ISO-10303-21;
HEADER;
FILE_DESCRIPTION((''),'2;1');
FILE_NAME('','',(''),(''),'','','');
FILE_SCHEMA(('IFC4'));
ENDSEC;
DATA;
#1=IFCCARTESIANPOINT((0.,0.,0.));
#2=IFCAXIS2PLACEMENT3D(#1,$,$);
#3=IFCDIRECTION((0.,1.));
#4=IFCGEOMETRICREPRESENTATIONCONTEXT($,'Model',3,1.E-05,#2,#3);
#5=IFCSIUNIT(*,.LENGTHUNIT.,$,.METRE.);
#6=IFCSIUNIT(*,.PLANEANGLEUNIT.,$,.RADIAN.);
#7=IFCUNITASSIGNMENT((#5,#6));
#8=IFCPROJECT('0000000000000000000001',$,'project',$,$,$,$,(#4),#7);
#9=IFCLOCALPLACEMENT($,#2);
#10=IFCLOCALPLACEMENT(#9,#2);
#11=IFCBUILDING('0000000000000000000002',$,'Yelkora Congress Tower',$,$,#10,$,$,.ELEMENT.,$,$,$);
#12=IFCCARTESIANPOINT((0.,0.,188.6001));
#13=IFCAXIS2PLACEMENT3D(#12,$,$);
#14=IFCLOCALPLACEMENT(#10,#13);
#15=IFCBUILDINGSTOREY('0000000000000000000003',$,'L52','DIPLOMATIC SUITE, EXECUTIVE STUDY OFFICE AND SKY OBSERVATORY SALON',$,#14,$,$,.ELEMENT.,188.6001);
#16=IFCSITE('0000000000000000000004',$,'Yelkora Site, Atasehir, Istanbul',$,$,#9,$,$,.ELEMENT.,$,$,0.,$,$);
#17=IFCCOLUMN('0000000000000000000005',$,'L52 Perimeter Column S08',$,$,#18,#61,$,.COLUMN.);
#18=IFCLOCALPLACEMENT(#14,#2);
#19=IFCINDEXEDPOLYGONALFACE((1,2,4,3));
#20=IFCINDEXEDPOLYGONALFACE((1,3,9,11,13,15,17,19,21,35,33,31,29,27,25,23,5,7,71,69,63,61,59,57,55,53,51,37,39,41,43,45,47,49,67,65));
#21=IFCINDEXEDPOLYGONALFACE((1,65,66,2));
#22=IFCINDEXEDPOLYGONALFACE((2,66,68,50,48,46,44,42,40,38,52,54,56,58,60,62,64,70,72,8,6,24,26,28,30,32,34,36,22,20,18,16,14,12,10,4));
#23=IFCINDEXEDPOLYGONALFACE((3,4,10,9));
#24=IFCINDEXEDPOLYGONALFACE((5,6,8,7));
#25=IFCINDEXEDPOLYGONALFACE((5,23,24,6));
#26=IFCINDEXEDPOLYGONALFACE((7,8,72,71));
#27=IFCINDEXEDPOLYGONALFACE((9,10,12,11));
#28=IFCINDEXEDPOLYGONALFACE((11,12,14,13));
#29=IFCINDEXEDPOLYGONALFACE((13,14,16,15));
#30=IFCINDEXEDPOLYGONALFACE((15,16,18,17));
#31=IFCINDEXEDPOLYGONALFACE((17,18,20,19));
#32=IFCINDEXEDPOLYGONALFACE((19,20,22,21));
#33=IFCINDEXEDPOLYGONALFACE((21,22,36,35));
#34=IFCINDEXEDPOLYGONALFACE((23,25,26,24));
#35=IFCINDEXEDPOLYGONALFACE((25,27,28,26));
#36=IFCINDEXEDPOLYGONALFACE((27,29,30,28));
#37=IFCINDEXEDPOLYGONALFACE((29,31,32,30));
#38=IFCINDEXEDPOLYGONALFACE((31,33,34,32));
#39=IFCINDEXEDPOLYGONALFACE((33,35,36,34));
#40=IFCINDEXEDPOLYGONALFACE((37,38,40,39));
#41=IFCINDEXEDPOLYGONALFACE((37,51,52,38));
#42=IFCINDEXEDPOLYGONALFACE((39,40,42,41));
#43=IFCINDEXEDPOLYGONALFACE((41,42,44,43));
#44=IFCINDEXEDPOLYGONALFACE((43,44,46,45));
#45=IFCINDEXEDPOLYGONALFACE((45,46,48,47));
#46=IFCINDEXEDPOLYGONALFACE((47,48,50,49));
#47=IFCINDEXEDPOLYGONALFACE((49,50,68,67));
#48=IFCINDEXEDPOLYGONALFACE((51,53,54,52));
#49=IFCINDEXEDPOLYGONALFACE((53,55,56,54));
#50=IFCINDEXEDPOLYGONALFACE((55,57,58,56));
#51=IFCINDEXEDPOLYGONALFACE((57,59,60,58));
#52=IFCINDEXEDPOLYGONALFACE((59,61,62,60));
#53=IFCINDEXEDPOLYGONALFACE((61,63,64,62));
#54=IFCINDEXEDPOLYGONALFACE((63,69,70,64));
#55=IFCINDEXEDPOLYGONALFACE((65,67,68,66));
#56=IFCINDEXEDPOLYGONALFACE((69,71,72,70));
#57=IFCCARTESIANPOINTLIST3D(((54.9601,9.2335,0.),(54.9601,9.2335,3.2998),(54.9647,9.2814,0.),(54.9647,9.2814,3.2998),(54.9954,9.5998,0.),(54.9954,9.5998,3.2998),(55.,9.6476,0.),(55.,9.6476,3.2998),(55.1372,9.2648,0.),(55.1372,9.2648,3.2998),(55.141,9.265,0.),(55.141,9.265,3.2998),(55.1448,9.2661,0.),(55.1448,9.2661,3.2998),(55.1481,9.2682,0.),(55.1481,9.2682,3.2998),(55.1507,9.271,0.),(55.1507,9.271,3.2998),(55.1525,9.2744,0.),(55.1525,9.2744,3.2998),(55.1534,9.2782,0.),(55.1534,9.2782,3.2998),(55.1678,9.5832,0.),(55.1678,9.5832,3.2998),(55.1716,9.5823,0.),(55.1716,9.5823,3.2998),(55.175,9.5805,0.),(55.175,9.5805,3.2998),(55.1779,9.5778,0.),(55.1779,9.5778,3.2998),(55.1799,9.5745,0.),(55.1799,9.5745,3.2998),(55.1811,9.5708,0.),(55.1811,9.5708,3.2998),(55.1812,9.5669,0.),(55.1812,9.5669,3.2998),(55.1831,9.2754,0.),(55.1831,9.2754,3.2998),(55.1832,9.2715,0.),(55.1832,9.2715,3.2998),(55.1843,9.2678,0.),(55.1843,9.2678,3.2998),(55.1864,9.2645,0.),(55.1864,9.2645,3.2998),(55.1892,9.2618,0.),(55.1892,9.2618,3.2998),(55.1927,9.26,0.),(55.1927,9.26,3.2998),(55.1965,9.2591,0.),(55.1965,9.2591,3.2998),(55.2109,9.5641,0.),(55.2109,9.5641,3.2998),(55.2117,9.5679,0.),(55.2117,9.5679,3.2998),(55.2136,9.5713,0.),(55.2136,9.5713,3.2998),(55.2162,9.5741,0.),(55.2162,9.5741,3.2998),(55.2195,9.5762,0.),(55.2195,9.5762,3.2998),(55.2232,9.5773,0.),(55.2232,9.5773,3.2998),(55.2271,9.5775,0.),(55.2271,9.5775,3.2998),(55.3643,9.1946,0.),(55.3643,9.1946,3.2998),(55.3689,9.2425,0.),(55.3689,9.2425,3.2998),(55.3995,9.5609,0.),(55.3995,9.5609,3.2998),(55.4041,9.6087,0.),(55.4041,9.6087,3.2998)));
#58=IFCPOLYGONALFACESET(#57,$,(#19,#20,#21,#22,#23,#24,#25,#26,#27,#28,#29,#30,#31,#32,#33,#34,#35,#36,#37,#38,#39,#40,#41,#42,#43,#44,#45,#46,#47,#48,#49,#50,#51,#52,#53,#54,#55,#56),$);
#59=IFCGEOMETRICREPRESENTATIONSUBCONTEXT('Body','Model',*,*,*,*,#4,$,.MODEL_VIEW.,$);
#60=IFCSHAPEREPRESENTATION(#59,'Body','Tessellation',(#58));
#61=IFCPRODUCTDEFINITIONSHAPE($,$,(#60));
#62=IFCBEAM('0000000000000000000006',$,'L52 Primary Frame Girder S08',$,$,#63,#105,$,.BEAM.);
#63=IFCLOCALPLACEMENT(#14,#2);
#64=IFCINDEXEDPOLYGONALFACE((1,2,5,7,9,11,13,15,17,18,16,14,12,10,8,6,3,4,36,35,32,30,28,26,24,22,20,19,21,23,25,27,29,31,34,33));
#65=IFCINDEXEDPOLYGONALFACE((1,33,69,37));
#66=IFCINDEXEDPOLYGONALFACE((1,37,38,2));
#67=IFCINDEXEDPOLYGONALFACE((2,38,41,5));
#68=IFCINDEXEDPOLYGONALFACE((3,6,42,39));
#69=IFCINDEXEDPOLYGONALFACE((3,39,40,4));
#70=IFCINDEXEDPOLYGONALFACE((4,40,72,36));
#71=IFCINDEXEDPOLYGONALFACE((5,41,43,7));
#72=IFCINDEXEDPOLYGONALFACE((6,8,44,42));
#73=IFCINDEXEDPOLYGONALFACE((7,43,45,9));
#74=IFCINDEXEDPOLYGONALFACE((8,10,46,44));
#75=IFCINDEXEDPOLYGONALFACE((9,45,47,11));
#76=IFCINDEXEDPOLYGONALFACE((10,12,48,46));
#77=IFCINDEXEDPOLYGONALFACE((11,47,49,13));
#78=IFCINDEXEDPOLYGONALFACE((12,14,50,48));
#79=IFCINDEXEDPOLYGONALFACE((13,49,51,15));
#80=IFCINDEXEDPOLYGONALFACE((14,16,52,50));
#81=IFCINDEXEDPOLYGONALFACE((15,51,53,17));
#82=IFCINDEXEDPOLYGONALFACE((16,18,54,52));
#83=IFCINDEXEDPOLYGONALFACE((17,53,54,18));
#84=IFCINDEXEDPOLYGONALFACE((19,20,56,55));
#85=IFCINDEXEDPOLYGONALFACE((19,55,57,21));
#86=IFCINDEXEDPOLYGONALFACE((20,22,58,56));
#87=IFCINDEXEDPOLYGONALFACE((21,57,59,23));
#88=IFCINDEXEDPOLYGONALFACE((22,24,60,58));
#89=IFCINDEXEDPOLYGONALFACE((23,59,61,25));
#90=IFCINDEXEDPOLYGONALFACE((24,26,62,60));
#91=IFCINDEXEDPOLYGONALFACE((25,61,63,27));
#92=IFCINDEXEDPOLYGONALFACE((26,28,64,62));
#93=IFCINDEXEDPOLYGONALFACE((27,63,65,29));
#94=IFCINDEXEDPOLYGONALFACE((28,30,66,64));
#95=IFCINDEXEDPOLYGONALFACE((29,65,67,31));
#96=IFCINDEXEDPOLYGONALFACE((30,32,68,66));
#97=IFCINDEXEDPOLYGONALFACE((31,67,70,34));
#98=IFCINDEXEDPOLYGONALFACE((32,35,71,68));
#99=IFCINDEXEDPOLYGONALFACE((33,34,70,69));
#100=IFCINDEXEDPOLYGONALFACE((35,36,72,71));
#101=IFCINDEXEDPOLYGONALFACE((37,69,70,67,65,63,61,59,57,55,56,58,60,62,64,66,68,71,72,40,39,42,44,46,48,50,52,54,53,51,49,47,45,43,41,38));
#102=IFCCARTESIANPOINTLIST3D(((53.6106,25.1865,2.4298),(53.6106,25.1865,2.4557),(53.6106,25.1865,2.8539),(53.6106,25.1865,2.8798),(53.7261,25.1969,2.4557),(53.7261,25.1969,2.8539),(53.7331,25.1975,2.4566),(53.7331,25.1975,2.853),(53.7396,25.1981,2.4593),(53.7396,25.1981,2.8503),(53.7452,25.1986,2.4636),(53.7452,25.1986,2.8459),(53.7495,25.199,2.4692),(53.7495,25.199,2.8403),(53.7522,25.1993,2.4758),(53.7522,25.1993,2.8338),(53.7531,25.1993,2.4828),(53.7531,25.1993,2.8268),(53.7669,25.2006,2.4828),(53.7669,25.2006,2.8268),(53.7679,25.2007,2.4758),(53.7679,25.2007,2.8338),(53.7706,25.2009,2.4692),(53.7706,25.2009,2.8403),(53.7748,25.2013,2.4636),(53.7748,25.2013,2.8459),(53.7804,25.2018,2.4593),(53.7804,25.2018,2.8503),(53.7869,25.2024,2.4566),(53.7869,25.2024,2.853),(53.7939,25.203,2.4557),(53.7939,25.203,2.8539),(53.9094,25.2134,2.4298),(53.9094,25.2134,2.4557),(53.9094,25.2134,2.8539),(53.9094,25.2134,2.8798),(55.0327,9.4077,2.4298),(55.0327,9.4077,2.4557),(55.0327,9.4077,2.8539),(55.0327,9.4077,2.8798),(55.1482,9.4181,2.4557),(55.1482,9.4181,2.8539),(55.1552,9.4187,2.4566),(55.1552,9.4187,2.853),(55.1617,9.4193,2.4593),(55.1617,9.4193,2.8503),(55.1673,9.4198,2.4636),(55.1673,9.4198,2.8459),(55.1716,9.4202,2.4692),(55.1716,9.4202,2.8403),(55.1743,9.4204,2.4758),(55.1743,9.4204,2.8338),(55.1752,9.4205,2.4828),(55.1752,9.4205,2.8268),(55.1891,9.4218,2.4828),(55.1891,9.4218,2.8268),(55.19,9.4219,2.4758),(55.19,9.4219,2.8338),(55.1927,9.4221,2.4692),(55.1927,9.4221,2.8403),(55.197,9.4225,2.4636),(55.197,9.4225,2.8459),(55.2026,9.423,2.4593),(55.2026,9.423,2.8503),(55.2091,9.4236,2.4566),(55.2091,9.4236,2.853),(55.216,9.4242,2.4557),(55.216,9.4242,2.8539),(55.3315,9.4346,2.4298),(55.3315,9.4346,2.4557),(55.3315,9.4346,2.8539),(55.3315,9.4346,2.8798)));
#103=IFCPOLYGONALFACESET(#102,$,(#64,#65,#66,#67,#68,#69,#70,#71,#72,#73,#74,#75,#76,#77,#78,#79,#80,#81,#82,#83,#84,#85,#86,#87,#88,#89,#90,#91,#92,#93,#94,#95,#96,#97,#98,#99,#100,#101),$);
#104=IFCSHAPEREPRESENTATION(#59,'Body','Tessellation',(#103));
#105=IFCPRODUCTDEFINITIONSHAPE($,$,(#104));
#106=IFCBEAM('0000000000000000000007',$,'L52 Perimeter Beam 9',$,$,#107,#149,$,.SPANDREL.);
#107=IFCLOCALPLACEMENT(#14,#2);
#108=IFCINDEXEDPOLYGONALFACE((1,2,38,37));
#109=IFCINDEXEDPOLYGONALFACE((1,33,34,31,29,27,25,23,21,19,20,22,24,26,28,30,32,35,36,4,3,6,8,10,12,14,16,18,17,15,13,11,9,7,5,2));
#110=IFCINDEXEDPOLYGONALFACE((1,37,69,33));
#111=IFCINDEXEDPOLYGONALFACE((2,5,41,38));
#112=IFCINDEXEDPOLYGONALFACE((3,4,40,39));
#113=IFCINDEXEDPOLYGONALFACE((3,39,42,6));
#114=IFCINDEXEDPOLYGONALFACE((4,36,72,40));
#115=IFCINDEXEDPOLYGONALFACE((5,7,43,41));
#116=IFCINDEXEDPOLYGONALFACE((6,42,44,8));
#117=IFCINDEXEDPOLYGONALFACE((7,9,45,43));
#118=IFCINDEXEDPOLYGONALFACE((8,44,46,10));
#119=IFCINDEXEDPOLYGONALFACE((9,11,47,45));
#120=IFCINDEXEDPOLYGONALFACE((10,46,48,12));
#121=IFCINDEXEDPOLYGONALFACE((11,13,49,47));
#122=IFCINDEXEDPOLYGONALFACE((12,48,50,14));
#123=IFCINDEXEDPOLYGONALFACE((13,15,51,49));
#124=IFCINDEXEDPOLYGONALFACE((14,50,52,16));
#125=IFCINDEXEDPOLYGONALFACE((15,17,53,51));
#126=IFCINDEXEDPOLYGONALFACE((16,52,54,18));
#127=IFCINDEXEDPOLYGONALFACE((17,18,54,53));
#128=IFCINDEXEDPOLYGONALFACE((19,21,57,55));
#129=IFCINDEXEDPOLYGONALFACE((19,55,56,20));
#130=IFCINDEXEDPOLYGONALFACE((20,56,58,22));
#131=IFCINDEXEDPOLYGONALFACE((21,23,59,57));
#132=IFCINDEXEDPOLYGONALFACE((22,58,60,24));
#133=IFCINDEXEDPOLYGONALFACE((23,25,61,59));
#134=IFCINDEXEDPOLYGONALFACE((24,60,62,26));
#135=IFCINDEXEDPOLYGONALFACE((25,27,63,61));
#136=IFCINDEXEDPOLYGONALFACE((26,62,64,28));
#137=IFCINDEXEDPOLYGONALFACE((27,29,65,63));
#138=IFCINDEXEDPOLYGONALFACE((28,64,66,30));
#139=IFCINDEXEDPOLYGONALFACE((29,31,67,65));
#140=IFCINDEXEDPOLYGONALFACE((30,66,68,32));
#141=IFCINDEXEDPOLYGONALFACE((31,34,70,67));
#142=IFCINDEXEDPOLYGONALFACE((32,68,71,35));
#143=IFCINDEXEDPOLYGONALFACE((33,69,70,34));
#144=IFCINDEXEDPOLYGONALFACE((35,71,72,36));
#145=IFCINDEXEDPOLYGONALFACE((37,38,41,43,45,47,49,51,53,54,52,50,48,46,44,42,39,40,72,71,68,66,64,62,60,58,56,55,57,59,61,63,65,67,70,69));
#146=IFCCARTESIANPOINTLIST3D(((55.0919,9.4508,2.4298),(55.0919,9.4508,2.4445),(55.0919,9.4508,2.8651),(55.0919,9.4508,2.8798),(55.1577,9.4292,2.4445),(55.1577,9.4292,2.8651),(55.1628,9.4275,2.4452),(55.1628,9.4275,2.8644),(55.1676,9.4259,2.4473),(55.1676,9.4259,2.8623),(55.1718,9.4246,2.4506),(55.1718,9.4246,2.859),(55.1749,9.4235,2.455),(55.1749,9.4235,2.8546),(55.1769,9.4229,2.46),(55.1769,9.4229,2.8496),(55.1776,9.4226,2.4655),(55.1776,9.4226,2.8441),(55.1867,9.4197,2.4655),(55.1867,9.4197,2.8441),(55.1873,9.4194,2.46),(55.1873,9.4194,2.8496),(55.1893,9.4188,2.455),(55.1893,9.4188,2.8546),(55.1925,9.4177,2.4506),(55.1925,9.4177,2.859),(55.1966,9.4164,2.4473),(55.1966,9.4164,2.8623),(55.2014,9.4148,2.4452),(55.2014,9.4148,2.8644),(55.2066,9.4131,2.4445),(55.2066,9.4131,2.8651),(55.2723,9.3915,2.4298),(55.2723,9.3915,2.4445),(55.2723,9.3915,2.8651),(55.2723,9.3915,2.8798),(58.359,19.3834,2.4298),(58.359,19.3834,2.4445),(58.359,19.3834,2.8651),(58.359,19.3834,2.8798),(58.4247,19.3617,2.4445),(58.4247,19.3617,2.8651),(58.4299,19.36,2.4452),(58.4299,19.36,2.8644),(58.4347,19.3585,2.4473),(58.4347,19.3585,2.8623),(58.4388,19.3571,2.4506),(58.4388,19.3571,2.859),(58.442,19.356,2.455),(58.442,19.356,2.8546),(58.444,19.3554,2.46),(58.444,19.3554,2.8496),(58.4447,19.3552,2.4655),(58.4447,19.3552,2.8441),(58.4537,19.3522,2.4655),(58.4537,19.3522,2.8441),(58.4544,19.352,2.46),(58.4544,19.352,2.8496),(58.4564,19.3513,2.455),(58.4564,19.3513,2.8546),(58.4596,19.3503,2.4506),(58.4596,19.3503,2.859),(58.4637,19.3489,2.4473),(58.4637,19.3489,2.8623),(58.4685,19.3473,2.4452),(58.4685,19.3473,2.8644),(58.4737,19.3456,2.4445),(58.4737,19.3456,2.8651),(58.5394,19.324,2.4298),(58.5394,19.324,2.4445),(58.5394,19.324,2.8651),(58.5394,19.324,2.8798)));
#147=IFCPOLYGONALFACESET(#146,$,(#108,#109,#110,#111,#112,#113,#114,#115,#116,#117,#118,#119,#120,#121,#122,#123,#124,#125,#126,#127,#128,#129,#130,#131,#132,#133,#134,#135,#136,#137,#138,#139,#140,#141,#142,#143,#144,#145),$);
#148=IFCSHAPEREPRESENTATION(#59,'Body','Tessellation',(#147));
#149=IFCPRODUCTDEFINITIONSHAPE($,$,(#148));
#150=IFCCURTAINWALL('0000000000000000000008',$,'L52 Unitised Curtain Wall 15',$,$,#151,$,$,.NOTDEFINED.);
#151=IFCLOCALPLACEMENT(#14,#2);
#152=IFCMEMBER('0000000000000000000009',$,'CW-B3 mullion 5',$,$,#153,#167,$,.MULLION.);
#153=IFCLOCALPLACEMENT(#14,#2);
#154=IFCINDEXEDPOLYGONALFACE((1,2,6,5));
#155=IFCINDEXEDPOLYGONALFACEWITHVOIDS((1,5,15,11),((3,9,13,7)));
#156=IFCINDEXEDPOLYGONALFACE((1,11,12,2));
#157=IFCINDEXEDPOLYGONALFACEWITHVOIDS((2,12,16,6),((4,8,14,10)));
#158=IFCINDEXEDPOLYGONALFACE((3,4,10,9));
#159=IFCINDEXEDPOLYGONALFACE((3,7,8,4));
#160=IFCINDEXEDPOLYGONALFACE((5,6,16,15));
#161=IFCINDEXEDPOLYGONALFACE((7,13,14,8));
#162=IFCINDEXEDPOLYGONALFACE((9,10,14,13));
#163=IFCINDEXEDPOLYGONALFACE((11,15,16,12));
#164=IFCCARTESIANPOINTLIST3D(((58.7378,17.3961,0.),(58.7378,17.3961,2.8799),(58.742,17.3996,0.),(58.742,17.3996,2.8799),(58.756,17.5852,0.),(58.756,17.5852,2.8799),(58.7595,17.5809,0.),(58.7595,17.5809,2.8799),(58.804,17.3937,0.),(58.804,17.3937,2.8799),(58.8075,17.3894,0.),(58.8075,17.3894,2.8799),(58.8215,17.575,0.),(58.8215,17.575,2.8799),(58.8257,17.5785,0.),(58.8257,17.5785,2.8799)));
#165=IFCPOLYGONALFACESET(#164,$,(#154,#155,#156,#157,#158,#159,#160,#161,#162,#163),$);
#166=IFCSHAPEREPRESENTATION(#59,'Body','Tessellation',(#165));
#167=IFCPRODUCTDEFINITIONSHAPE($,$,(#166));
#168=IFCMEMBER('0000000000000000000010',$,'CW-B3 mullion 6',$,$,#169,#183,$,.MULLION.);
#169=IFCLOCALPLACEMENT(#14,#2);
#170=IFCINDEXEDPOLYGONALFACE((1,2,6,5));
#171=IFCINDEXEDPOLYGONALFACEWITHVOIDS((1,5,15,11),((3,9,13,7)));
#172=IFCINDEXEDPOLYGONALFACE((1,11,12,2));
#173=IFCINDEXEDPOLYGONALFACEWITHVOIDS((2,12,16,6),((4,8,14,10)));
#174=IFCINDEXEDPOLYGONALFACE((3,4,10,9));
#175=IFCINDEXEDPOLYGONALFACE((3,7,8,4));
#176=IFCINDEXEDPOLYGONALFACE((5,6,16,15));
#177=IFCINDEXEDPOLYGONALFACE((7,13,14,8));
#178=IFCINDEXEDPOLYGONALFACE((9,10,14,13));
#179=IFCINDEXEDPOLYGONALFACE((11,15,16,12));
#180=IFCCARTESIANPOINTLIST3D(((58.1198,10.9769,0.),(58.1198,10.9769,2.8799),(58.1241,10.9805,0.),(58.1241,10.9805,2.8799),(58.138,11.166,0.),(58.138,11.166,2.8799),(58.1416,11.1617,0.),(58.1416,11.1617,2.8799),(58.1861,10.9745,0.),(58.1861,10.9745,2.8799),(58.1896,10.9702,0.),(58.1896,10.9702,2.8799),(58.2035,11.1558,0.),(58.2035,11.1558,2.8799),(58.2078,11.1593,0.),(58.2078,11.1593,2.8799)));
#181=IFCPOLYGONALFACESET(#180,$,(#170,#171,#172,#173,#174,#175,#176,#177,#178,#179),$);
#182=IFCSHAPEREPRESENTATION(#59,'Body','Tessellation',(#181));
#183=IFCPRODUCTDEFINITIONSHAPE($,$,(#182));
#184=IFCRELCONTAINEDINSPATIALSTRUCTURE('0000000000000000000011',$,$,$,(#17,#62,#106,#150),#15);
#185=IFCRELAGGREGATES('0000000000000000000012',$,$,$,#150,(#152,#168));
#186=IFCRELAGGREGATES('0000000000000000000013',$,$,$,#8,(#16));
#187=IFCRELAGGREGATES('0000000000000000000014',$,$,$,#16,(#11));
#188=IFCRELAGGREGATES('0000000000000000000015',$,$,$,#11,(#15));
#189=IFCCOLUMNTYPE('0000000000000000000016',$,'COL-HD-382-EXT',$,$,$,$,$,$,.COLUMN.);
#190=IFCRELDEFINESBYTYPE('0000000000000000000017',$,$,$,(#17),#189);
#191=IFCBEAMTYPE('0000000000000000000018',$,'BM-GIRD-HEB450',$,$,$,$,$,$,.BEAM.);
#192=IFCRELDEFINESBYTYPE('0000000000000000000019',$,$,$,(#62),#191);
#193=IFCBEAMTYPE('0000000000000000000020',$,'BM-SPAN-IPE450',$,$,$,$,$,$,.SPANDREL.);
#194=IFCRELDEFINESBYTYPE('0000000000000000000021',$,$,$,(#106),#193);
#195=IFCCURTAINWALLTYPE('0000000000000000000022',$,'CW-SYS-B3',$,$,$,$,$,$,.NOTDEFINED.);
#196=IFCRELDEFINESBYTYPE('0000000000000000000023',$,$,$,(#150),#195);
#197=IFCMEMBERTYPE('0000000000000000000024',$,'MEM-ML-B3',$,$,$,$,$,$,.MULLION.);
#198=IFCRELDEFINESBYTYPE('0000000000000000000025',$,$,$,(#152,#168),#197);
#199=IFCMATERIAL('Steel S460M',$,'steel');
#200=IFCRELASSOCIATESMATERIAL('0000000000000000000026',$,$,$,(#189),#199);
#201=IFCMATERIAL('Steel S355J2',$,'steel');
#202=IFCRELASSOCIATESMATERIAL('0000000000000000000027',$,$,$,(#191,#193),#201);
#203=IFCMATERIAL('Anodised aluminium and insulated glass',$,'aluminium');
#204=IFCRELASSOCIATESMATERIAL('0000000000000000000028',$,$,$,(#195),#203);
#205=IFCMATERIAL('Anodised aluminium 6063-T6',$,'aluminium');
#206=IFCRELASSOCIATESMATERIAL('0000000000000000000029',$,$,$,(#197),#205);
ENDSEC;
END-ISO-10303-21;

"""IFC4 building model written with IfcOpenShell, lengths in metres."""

from ifc_helpers import new_model, si_unit, direction, frame, origin, origin_2d, place, context, subcontext, project, spatial, hollow_rectangle, i_section, extrude, material, material_profile, profile_set, type_object, element, aggregate, save


model = new_model("IFC4")

# Units and contexts
model_context = context("Model", 3, precision=1e-05, world=origin(), true_north=direction((0.0, 1.0)))
body_context = subcontext(model_context, "Body", "Model", "MODEL_VIEW")
ifc_project = project(units=[si_unit("LENGTHUNIT", "METRE"), si_unit("PLANEANGLEUNIT", "RADIAN")], contexts=[model_context])

# Site, building, storey
site_placement = place(None, origin())
site = spatial("IfcSite", under=ifc_project, at=site_placement, Name="Yelkora Site, Atasehir, Istanbul", CompositionType="ELEMENT", RefElevation=0.0)
building_placement = place(site_placement, origin())
building = spatial("IfcBuilding", under=site, at=building_placement, Name="Yelkora Congress Tower", CompositionType="ELEMENT")
storey_placement = place(building_placement, frame((0.0, 0.0, 188.6001)))
storey = spatial("IfcBuildingStorey", under=building, at=storey_placement, Name="L52", Description="DIPLOMATIC SUITE, EXECUTIVE STUDY OFFICE AND SKY OBSERVATORY SALON", CompositionType="ELEMENT", Elevation=188.6001)

# Column
ifc_material_1 = material(Name="Steel S460M", Category="steel")
ifc_material_profile_1 = material_profile(ifc_material_1, i_section(OverallWidth=0.406, OverallDepth=0.416, WebThickness=0.0298, FlangeThickness=0.0481, FilletRadius=0.0149, at=origin_2d()), Name="HD 400x382")
ifc_profile_set_1 = profile_set([ifc_material_profile_1], Name="Steel S460M")
column_type = type_object("IfcColumnType", Name="COL-HD-382-EXT", PredefinedType="COLUMN", material=ifc_profile_set_1)
column_placement = place(storey_placement, frame((55.1821, 9.4211, 0.0), z_axis=(0.0, 0.0, 1.0), x_axis=(0.995396, -0.095846, 0.0)))
element("IfcColumn", 1, at=column_placement, inside=storey, type_object=column_type, Name="L52 Perimeter Column S08", PredefinedType="COLUMN", context=body_context, shape_type="SweptSolid", body=[
    extrude(i_section(OverallWidth=0.406, OverallDepth=0.416, WebThickness=0.0298, FlangeThickness=0.0481, FilletRadius=0.0149, at=origin_2d()), origin(), (0.0, 0.0, 1.0), 3.2998),
])

# Beams
ifc_material_2 = material(Name="Steel S355J2", Category="steel")
ifc_material_profile_2 = material_profile(ifc_material_2, i_section(OverallWidth=0.3, OverallDepth=0.45, WebThickness=0.0139, FlangeThickness=0.0259, FilletRadius=0.0271, at=origin_2d()), Name="HEB 450")
ifc_profile_set_2 = profile_set([ifc_material_profile_2], Name="Steel S355J2")
beam_type_1 = type_object("IfcBeamType", Name="BM-GIRD-HEB450", PredefinedType="BEAM", material=ifc_profile_set_2)
beam_1_placement = place(storey_placement, frame((55.1821, 9.4211, 2.6548), z_axis=(-0.089765, 0.995963, 0.0), x_axis=(-0.995963, -0.089765, 0.0)))
element("IfcBeam", 2, at=beam_1_placement, inside=storey, type_object=beam_type_1, Name="L52 Primary Frame Girder S08", PredefinedType="BEAM", context=body_context, shape_type="SweptSolid", body=[
    extrude(i_section(OverallWidth=0.3, OverallDepth=0.45, WebThickness=0.0139, FlangeThickness=0.0259, FilletRadius=0.0271, at=origin_2d()), origin(), (0.0, 0.0, 1.0), 15.8428),
])
ifc_material_profile_3 = material_profile(ifc_material_2, i_section(OverallWidth=0.1899, OverallDepth=0.45, WebThickness=0.0095, FlangeThickness=0.0146, FilletRadius=0.021, at=origin_2d()), Name="IPE 450")
ifc_profile_set_3 = profile_set([ifc_material_profile_3], Name="Steel S355J2")
beam_type_2 = type_object("IfcBeamType", Name="BM-SPAN-IPE450", PredefinedType="SPANDREL", material=ifc_profile_set_3)
beam_2_placement = place(storey_placement, frame((55.1821, 9.4211, 2.6548), z_axis=(0.312457, 0.949932, 0.0), x_axis=(-0.949932, 0.312457, 0.0)))
element("IfcBeam", 3, at=beam_2_placement, inside=storey, type_object=beam_type_2, Name="L52 Perimeter Beam 9", PredefinedType="SPANDREL", context=body_context, shape_type="SweptSolid", body=[
    extrude(i_section(OverallWidth=0.1899, OverallDepth=0.45, WebThickness=0.0095, FlangeThickness=0.0146, FilletRadius=0.021, at=origin_2d()), origin(), (0.0, 0.0, 1.0), 10.4561),
])

# Curtain wall, members
ifc_material_3 = material(Name="Anodised aluminium and insulated glass", Category="aluminium")
curtain_wall_type = type_object("IfcCurtainWallType", Name="CW-SYS-B3", PredefinedType="NOTDEFINED", material=ifc_material_3)
curtain_wall_1_placement = place(storey_placement, origin())
curtain_wall_1 = element("IfcCurtainWall", 4, at=curtain_wall_1_placement, inside=storey, type_object=curtain_wall_type, Name="L52 Unitised Curtain Wall 15", PredefinedType="NOTDEFINED")
ifc_material_4 = material(Name="Anodised aluminium 6063-T6", Category="aluminium")
ifc_material_profile_4 = material_profile(ifc_material_4, hollow_rectangle(XDim=0.0701, YDim=0.1899, WallThickness=0.0039, at=origin_2d()), Name="ALU 70x190x4")
ifc_profile_set_4 = profile_set([ifc_material_profile_4], Name="Anodised aluminium 6063-T6")
member_type_1 = type_object("IfcMemberType", Name="MEM-ML-B3", PredefinedType="MULLION", material=ifc_profile_set_4)
member_1_placement = place(storey_placement, frame((58.7817, 17.4873, 0.0), z_axis=(0.0, 0.0, 1.0), x_axis=(0.995397, -0.095842, 0.0)))
member_1 = element("IfcMember", 5, at=member_1_placement, type_object=member_type_1, Name="CW-B3 mullion 5", PredefinedType="MULLION", context=body_context, shape_type="SweptSolid", body=[
    extrude(hollow_rectangle(XDim=0.0701, YDim=0.1899, WallThickness=0.0039, at=origin_2d()), origin(), (0.0, 0.0, 1.0), 2.8799),
])
member_2_placement = place(storey_placement, frame((58.1638, 11.0681, 0.0), z_axis=(0.0, 0.0, 1.0), x_axis=(0.995397, -0.095842, 0.0)))
member_2 = element("IfcMember", 6, at=member_2_placement, type_object=member_type_1, Name="CW-B3 mullion 6", PredefinedType="MULLION", context=body_context, shape_type="SweptSolid", body=[
    extrude(hollow_rectangle(XDim=0.0701, YDim=0.1899, WallThickness=0.0039, at=origin_2d()), origin(), (0.0, 0.0, 1.0), 2.8799),
])

aggregate(curtain_wall_1, [member_1, member_2])

save(model, "model.ifc")
